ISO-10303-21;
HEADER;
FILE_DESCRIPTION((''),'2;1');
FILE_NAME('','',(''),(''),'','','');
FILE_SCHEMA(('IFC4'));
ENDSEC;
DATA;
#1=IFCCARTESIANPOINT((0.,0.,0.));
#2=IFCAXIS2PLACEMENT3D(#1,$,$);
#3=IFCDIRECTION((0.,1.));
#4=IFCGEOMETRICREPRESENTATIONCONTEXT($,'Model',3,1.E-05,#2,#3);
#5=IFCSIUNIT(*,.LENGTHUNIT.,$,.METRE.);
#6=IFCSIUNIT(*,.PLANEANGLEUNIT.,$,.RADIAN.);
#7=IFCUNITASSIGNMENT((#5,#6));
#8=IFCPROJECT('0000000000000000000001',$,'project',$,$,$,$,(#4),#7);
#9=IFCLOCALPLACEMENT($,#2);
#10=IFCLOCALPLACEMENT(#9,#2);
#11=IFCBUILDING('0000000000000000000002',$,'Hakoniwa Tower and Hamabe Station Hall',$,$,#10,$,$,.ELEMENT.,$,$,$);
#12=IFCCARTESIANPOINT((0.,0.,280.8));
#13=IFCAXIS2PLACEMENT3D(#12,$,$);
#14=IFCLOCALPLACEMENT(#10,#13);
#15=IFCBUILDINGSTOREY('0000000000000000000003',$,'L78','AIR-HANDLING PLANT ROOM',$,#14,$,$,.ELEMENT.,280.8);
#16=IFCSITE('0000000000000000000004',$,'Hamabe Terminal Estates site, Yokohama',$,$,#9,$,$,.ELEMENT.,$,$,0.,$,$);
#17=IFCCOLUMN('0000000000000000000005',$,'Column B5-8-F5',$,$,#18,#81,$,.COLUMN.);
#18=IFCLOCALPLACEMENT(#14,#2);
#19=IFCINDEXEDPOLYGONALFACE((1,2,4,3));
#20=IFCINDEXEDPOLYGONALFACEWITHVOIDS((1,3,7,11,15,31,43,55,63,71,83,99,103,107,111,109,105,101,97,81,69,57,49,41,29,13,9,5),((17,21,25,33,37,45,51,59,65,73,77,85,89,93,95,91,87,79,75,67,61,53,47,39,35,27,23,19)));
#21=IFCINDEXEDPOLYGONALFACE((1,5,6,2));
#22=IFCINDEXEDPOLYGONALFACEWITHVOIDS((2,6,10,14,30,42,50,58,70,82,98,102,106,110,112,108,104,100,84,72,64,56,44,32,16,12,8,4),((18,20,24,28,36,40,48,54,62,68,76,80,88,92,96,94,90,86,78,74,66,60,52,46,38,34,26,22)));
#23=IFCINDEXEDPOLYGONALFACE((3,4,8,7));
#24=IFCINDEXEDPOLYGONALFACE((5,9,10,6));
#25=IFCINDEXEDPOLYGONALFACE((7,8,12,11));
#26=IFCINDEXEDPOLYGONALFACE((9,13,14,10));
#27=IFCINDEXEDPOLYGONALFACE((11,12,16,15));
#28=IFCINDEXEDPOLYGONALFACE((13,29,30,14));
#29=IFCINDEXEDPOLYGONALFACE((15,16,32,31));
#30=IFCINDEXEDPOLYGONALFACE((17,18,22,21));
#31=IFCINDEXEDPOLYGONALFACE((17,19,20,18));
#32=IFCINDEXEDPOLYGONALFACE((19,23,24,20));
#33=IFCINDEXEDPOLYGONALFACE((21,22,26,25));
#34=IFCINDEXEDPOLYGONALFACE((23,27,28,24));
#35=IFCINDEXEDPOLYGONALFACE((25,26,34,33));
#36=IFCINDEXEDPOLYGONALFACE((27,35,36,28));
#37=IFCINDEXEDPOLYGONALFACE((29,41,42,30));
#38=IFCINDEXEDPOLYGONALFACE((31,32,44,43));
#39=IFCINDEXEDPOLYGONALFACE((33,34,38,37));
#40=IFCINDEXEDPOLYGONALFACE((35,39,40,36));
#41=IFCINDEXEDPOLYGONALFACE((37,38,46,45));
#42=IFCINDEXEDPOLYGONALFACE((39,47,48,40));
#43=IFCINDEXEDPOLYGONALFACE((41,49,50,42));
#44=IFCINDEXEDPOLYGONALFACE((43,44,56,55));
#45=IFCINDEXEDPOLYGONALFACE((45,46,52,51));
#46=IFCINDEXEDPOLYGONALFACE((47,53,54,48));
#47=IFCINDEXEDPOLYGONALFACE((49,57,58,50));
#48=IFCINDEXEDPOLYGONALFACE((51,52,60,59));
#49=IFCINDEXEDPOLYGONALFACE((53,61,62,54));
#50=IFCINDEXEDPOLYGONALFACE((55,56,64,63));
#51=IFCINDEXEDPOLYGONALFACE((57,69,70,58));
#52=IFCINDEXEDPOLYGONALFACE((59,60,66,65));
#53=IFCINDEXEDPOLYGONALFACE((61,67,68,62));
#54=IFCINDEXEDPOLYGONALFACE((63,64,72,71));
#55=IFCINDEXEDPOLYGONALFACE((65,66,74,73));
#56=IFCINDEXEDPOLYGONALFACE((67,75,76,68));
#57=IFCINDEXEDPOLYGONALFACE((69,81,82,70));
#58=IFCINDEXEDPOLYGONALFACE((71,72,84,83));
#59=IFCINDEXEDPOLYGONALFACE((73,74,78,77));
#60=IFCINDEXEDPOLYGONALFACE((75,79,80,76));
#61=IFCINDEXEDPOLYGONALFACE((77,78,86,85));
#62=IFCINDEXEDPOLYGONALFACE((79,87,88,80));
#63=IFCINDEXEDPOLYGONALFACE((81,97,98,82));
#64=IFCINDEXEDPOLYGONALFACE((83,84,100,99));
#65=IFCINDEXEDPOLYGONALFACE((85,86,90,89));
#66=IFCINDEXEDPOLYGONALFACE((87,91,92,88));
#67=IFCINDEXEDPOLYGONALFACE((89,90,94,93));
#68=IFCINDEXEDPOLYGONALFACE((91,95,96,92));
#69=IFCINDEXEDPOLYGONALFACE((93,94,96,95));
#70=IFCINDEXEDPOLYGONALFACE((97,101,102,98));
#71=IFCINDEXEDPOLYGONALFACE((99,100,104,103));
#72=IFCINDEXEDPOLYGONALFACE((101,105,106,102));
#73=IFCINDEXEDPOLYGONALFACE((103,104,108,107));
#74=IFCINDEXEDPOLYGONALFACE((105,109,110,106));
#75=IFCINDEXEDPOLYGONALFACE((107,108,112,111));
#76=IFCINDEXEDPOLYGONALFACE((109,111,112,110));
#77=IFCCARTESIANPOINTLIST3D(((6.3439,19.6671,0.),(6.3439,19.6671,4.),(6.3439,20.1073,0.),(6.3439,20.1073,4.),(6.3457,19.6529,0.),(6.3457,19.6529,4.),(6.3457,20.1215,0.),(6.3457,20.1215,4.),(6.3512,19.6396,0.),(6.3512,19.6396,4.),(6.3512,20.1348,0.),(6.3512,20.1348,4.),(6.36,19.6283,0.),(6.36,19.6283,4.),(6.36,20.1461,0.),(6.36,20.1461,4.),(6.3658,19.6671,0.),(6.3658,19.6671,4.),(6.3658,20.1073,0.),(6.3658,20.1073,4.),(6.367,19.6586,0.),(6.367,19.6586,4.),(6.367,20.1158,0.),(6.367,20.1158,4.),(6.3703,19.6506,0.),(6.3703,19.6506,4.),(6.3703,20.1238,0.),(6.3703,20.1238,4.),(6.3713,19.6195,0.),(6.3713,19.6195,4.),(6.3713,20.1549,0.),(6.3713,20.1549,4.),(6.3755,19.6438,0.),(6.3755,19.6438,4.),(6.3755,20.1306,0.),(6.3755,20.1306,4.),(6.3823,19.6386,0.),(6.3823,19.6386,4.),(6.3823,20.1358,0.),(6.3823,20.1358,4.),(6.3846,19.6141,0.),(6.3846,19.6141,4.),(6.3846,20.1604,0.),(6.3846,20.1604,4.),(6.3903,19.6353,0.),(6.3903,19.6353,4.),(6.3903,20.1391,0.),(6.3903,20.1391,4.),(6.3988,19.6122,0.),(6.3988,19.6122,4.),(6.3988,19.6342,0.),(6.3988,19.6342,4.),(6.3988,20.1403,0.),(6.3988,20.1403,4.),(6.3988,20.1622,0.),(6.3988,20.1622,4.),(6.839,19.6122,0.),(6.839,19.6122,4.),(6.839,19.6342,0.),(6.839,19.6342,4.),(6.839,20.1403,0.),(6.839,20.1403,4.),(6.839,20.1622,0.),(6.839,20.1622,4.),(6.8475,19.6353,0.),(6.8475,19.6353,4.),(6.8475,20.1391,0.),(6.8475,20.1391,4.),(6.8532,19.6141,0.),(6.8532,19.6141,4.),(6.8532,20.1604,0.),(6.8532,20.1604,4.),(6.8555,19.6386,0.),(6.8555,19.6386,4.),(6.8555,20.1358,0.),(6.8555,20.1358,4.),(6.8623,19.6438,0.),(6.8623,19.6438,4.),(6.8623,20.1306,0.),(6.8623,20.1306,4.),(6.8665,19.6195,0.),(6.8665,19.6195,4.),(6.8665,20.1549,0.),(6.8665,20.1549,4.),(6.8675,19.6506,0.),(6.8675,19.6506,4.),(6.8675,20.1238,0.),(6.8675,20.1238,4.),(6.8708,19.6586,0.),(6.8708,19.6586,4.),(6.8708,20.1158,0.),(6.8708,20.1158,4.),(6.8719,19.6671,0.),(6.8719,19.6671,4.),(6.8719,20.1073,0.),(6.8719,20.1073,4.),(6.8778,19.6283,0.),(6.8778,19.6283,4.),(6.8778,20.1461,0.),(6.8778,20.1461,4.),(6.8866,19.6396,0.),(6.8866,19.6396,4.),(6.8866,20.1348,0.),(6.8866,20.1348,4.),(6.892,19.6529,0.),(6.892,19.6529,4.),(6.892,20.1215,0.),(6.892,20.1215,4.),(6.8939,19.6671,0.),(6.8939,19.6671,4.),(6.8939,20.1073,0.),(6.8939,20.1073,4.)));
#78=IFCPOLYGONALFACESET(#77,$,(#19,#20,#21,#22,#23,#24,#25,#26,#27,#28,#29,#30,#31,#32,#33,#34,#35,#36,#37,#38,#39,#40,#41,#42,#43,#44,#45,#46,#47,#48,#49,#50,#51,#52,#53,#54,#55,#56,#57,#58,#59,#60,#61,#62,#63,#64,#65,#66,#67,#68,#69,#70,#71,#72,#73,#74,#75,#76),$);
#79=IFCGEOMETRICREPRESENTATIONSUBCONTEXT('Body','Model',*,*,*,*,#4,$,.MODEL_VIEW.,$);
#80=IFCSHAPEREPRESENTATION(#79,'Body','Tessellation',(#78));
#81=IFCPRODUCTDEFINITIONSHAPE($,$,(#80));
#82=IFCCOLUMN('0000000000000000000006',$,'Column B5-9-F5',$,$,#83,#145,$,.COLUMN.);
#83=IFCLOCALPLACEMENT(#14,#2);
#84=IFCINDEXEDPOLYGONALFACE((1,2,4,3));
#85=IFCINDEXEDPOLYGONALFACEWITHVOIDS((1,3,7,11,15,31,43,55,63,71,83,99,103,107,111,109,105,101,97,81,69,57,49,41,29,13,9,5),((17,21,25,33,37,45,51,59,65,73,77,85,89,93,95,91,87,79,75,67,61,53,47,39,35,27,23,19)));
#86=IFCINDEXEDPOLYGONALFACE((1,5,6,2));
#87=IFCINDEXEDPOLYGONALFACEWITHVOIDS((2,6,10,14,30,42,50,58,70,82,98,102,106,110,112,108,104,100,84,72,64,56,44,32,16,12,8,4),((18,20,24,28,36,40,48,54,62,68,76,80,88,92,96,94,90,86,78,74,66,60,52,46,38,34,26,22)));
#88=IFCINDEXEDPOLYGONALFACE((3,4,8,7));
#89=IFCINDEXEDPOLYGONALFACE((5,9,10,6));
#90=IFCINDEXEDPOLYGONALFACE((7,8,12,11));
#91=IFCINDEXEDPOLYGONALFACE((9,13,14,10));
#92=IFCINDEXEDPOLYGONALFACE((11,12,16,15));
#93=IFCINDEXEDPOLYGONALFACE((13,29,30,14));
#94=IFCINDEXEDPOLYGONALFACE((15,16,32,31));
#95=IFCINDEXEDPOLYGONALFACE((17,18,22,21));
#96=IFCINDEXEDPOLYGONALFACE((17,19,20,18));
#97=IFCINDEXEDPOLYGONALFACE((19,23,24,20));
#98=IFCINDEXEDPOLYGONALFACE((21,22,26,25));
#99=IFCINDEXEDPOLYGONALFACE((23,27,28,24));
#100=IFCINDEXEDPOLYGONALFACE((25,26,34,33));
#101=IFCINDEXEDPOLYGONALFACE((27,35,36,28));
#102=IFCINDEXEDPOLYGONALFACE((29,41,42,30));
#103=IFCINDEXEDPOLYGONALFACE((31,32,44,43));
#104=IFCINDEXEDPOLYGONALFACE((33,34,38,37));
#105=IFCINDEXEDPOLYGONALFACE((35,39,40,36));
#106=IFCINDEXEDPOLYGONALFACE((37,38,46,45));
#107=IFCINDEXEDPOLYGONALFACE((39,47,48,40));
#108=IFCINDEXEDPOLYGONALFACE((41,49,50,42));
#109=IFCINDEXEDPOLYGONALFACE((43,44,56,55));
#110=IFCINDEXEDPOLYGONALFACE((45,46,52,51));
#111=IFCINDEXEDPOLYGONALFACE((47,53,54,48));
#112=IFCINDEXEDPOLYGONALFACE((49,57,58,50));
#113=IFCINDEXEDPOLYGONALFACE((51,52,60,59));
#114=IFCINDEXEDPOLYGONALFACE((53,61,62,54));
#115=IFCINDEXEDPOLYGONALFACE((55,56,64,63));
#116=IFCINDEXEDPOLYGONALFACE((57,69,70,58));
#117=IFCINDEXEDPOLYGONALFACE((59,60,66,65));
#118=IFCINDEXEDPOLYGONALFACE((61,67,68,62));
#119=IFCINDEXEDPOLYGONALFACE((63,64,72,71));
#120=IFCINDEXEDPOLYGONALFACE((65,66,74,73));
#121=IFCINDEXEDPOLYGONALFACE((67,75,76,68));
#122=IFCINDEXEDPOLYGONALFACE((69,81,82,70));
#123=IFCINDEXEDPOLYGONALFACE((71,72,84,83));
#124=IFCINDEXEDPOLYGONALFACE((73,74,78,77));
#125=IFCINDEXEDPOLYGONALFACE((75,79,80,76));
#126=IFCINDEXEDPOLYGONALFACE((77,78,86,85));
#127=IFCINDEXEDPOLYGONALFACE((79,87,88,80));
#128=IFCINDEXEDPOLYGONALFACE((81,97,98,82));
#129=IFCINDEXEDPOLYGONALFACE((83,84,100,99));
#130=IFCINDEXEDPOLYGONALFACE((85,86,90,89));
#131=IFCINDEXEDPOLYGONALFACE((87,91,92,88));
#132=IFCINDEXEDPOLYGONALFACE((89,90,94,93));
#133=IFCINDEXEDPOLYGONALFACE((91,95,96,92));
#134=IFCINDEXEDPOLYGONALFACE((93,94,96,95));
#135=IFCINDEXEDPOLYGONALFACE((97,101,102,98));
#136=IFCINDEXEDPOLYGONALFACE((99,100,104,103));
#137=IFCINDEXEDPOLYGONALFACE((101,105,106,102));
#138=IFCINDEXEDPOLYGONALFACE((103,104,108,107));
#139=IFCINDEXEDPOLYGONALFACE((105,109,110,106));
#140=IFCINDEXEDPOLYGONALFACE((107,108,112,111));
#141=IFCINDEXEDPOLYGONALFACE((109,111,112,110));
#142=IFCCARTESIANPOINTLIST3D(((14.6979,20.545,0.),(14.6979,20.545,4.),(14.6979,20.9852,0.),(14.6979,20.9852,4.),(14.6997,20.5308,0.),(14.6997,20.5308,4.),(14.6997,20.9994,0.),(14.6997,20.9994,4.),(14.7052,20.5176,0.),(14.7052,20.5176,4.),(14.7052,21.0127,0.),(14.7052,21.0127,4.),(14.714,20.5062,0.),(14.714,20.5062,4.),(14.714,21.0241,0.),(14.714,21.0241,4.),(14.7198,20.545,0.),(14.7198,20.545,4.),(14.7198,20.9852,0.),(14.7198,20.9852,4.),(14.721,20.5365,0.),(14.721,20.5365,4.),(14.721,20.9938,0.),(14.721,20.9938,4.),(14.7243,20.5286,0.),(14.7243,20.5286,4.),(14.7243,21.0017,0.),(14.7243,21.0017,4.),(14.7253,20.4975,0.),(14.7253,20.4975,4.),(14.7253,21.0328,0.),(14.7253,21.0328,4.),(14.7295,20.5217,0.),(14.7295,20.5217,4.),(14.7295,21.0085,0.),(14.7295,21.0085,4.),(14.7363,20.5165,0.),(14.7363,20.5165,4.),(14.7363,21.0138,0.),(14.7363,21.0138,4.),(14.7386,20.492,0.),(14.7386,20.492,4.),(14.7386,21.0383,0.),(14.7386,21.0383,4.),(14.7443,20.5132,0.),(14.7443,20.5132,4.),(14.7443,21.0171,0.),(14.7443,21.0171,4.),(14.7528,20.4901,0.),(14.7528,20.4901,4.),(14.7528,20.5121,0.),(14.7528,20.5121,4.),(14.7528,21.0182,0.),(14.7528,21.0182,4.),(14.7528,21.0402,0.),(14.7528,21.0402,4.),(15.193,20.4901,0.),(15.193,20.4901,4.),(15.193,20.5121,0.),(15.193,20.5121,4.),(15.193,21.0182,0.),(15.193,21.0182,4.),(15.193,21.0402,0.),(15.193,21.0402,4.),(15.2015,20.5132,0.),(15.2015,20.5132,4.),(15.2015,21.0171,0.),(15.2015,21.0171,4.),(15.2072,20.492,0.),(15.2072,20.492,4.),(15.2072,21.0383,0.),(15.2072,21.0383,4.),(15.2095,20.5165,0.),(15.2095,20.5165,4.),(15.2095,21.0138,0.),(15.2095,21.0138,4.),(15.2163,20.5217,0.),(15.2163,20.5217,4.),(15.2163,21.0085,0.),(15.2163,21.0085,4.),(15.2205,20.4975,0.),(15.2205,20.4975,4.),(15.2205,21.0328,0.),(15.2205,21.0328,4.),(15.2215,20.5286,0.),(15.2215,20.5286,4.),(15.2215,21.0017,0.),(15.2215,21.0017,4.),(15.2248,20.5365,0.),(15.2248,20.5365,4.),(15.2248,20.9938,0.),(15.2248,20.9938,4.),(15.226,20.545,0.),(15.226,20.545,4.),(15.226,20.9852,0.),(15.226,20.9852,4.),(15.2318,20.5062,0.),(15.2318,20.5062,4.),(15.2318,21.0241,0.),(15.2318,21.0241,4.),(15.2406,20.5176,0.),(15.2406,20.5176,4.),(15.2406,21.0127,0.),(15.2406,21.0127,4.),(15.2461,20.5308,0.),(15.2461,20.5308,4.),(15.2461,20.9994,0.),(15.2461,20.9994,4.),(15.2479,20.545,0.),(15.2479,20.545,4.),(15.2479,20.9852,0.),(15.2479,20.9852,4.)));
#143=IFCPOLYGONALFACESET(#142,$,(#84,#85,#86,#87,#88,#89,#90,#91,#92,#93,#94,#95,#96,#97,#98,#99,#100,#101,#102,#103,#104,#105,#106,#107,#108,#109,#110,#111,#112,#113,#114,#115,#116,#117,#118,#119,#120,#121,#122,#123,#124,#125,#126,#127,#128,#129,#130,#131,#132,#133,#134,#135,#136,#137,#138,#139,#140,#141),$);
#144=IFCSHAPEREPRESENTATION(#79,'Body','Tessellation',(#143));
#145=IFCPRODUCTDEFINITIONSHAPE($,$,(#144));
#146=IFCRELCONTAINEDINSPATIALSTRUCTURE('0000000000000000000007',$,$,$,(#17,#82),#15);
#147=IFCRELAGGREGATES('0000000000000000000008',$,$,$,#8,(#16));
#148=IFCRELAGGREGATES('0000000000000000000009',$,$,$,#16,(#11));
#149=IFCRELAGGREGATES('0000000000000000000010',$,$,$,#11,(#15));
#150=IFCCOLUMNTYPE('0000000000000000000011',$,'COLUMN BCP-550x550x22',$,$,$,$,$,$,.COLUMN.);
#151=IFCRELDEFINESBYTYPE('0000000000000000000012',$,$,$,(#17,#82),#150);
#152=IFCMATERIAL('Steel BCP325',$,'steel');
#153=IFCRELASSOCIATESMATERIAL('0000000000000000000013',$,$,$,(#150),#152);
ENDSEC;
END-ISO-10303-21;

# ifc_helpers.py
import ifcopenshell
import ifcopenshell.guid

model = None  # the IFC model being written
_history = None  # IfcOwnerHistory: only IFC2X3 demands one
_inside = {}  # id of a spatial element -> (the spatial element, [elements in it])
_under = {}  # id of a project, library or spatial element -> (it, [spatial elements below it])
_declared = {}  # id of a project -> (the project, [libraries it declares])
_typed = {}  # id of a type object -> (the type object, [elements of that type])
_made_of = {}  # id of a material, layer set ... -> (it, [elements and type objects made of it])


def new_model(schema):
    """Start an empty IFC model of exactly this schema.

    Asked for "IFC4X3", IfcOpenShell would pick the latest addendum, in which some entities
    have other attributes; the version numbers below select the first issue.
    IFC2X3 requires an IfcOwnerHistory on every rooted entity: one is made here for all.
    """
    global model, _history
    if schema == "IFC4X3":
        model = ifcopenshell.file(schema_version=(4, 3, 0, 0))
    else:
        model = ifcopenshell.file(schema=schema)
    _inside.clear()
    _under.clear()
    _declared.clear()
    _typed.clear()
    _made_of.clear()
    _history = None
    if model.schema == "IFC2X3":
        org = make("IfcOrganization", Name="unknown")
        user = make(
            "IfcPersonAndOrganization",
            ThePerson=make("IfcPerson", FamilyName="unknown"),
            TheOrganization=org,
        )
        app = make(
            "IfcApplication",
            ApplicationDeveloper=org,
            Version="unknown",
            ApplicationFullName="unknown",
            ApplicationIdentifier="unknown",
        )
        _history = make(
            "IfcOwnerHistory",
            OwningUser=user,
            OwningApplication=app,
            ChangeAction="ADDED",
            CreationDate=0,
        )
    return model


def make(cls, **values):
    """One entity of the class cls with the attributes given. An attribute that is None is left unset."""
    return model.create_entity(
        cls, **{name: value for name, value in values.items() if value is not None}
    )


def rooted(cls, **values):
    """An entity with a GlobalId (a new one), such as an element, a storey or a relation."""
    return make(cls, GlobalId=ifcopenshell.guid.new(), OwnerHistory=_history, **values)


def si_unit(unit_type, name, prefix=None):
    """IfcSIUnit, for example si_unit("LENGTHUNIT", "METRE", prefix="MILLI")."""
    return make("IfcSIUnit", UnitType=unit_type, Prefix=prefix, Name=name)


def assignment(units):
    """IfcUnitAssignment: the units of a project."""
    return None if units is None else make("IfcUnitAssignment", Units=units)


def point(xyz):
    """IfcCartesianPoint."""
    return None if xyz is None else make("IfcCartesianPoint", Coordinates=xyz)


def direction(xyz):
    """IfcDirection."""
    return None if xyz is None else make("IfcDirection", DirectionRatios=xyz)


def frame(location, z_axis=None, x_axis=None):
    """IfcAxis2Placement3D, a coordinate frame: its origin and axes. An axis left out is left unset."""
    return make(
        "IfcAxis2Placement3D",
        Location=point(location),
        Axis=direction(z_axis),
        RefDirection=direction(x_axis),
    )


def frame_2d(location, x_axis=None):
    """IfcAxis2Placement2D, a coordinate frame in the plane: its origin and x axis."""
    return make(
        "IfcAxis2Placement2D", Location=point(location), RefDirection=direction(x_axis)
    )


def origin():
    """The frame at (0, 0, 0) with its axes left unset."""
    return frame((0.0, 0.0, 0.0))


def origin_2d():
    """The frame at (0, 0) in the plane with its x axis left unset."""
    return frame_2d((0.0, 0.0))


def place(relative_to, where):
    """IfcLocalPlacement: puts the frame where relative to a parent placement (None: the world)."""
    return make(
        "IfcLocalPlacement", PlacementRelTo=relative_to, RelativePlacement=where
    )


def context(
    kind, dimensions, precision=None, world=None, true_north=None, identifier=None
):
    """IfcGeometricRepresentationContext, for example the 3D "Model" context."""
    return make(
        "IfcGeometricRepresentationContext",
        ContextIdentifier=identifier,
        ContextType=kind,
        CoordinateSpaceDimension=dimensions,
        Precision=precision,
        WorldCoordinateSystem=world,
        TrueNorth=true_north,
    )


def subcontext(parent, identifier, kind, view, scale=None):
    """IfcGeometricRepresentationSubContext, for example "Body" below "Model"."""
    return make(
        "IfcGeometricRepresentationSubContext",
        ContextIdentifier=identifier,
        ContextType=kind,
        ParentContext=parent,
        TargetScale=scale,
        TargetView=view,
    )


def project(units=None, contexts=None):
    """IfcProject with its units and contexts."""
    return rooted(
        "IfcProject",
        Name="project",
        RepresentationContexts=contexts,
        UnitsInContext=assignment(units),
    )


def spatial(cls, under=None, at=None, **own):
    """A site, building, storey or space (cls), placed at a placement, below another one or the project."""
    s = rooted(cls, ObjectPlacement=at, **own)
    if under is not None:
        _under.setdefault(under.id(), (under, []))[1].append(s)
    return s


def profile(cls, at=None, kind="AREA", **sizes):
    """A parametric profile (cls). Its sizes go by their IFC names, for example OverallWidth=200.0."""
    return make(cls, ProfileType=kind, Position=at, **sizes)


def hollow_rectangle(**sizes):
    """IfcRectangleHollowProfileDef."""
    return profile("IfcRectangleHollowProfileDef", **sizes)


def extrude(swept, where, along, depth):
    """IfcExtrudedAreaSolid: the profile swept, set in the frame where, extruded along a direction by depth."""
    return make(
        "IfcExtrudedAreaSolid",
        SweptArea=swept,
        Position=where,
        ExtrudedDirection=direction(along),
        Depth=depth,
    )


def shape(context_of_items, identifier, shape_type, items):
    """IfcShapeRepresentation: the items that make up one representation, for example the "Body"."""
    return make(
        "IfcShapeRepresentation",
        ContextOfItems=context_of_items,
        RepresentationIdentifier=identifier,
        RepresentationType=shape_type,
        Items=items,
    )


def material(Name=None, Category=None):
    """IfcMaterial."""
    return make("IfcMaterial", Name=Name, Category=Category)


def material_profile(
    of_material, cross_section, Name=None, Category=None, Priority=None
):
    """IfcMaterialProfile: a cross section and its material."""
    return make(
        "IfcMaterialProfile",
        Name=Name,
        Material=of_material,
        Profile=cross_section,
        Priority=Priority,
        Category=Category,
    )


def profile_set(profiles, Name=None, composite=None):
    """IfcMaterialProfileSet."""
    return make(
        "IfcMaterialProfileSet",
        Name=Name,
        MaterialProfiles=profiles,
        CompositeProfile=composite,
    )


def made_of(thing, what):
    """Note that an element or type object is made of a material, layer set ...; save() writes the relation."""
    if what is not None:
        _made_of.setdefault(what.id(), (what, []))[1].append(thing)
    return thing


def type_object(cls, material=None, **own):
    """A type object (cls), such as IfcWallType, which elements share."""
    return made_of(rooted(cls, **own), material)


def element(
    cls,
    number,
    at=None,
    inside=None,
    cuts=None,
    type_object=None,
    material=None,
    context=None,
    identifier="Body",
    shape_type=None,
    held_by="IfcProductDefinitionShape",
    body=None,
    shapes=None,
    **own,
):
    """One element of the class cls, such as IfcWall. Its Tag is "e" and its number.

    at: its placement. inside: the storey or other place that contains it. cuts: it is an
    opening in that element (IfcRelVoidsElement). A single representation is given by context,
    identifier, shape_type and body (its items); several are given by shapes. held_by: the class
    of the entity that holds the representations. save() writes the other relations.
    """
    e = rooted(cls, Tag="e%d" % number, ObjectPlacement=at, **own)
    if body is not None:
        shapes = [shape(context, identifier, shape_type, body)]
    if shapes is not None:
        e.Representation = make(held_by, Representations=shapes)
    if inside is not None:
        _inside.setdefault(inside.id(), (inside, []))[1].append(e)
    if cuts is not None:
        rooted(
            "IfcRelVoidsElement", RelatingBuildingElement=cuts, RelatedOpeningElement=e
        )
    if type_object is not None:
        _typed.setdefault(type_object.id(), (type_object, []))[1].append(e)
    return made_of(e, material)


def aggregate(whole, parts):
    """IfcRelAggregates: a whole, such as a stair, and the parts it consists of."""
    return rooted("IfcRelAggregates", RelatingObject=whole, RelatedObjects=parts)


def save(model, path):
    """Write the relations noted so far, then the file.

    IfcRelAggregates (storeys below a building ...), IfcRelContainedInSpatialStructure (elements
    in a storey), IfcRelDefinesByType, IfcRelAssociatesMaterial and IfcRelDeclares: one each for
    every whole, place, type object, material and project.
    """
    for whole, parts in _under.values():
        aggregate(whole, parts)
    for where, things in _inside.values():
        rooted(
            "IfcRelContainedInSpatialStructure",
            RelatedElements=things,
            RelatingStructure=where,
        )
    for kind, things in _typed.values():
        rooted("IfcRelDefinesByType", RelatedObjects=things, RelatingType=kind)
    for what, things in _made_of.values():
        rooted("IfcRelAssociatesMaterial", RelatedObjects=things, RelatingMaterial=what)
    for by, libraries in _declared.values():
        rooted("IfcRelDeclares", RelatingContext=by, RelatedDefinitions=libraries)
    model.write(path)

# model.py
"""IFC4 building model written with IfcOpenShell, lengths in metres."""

from ifc_helpers import new_model, si_unit, direction, frame, origin, origin_2d, place, context, subcontext, project, spatial, hollow_rectangle, extrude, material, material_profile, profile_set, type_object, element, save


model = new_model("IFC4")

# Units and contexts
model_context = context("Model", 3, precision=1e-05, world=origin(), true_north=direction((0.0, 1.0)))
body_context = subcontext(model_context, "Body", "Model", "MODEL_VIEW")
ifc_project = project(units=[si_unit("LENGTHUNIT", "METRE"), si_unit("PLANEANGLEUNIT", "RADIAN")], contexts=[model_context])

# Site, building, storey
site_placement = place(None, origin())
site = spatial("IfcSite", under=ifc_project, at=site_placement, Name="Hamabe Terminal Estates site, Yokohama", CompositionType="ELEMENT", RefElevation=0.0)
building_placement = place(site_placement, origin())
building = spatial("IfcBuilding", under=site, at=building_placement, Name="Hakoniwa Tower and Hamabe Station Hall", CompositionType="ELEMENT")
storey_placement = place(building_placement, frame((0.0, 0.0, 280.8)))
storey = spatial("IfcBuildingStorey", under=building, at=storey_placement, Name="L78", Description="AIR-HANDLING PLANT ROOM", CompositionType="ELEMENT", Elevation=280.8)

# Columns
ifc_material_1 = material(Name="Steel BCP325", Category="steel")
ifc_material_profile_1 = material_profile(ifc_material_1, hollow_rectangle(XDim=0.55, YDim=0.55, WallThickness=0.022, InnerFilletRadius=0.033, OuterFilletRadius=0.0549, at=origin_2d()), Name="BCP-550x550x22")
ifc_profile_set_1 = profile_set([ifc_material_profile_1], Name="Steel BCP325")
column_type_1 = type_object("IfcColumnType", Name="COLUMN BCP-550x550x22", PredefinedType="COLUMN", material=ifc_profile_set_1)
for number, where, z_axis, x_axis, name in (
    (1, (6.6189, 19.8872, 0.0), (0.0, 0.0, 1.0), (1.0, 0.0, 0.0), "Column B5-8-F5"),
    (2, (14.9729, 20.7651, 0.0), (0.0, 0.0, 1.0), (1.0, 0.0, 0.0), "Column B5-9-F5"),
):
    element("IfcColumn", number, at=place(storey_placement, frame(where, z_axis=z_axis, x_axis=x_axis)), inside=storey, type_object=column_type_1, Name=name, PredefinedType="COLUMN", context=body_context, shape_type="SweptSolid", body=[
        extrude(hollow_rectangle(XDim=0.55, YDim=0.55, WallThickness=0.022, InnerFilletRadius=0.033, OuterFilletRadius=0.0549, at=origin_2d()), origin(), (0.0, 0.0, 1.0), 4.0),
    ])

save(model, "model.ifc")
